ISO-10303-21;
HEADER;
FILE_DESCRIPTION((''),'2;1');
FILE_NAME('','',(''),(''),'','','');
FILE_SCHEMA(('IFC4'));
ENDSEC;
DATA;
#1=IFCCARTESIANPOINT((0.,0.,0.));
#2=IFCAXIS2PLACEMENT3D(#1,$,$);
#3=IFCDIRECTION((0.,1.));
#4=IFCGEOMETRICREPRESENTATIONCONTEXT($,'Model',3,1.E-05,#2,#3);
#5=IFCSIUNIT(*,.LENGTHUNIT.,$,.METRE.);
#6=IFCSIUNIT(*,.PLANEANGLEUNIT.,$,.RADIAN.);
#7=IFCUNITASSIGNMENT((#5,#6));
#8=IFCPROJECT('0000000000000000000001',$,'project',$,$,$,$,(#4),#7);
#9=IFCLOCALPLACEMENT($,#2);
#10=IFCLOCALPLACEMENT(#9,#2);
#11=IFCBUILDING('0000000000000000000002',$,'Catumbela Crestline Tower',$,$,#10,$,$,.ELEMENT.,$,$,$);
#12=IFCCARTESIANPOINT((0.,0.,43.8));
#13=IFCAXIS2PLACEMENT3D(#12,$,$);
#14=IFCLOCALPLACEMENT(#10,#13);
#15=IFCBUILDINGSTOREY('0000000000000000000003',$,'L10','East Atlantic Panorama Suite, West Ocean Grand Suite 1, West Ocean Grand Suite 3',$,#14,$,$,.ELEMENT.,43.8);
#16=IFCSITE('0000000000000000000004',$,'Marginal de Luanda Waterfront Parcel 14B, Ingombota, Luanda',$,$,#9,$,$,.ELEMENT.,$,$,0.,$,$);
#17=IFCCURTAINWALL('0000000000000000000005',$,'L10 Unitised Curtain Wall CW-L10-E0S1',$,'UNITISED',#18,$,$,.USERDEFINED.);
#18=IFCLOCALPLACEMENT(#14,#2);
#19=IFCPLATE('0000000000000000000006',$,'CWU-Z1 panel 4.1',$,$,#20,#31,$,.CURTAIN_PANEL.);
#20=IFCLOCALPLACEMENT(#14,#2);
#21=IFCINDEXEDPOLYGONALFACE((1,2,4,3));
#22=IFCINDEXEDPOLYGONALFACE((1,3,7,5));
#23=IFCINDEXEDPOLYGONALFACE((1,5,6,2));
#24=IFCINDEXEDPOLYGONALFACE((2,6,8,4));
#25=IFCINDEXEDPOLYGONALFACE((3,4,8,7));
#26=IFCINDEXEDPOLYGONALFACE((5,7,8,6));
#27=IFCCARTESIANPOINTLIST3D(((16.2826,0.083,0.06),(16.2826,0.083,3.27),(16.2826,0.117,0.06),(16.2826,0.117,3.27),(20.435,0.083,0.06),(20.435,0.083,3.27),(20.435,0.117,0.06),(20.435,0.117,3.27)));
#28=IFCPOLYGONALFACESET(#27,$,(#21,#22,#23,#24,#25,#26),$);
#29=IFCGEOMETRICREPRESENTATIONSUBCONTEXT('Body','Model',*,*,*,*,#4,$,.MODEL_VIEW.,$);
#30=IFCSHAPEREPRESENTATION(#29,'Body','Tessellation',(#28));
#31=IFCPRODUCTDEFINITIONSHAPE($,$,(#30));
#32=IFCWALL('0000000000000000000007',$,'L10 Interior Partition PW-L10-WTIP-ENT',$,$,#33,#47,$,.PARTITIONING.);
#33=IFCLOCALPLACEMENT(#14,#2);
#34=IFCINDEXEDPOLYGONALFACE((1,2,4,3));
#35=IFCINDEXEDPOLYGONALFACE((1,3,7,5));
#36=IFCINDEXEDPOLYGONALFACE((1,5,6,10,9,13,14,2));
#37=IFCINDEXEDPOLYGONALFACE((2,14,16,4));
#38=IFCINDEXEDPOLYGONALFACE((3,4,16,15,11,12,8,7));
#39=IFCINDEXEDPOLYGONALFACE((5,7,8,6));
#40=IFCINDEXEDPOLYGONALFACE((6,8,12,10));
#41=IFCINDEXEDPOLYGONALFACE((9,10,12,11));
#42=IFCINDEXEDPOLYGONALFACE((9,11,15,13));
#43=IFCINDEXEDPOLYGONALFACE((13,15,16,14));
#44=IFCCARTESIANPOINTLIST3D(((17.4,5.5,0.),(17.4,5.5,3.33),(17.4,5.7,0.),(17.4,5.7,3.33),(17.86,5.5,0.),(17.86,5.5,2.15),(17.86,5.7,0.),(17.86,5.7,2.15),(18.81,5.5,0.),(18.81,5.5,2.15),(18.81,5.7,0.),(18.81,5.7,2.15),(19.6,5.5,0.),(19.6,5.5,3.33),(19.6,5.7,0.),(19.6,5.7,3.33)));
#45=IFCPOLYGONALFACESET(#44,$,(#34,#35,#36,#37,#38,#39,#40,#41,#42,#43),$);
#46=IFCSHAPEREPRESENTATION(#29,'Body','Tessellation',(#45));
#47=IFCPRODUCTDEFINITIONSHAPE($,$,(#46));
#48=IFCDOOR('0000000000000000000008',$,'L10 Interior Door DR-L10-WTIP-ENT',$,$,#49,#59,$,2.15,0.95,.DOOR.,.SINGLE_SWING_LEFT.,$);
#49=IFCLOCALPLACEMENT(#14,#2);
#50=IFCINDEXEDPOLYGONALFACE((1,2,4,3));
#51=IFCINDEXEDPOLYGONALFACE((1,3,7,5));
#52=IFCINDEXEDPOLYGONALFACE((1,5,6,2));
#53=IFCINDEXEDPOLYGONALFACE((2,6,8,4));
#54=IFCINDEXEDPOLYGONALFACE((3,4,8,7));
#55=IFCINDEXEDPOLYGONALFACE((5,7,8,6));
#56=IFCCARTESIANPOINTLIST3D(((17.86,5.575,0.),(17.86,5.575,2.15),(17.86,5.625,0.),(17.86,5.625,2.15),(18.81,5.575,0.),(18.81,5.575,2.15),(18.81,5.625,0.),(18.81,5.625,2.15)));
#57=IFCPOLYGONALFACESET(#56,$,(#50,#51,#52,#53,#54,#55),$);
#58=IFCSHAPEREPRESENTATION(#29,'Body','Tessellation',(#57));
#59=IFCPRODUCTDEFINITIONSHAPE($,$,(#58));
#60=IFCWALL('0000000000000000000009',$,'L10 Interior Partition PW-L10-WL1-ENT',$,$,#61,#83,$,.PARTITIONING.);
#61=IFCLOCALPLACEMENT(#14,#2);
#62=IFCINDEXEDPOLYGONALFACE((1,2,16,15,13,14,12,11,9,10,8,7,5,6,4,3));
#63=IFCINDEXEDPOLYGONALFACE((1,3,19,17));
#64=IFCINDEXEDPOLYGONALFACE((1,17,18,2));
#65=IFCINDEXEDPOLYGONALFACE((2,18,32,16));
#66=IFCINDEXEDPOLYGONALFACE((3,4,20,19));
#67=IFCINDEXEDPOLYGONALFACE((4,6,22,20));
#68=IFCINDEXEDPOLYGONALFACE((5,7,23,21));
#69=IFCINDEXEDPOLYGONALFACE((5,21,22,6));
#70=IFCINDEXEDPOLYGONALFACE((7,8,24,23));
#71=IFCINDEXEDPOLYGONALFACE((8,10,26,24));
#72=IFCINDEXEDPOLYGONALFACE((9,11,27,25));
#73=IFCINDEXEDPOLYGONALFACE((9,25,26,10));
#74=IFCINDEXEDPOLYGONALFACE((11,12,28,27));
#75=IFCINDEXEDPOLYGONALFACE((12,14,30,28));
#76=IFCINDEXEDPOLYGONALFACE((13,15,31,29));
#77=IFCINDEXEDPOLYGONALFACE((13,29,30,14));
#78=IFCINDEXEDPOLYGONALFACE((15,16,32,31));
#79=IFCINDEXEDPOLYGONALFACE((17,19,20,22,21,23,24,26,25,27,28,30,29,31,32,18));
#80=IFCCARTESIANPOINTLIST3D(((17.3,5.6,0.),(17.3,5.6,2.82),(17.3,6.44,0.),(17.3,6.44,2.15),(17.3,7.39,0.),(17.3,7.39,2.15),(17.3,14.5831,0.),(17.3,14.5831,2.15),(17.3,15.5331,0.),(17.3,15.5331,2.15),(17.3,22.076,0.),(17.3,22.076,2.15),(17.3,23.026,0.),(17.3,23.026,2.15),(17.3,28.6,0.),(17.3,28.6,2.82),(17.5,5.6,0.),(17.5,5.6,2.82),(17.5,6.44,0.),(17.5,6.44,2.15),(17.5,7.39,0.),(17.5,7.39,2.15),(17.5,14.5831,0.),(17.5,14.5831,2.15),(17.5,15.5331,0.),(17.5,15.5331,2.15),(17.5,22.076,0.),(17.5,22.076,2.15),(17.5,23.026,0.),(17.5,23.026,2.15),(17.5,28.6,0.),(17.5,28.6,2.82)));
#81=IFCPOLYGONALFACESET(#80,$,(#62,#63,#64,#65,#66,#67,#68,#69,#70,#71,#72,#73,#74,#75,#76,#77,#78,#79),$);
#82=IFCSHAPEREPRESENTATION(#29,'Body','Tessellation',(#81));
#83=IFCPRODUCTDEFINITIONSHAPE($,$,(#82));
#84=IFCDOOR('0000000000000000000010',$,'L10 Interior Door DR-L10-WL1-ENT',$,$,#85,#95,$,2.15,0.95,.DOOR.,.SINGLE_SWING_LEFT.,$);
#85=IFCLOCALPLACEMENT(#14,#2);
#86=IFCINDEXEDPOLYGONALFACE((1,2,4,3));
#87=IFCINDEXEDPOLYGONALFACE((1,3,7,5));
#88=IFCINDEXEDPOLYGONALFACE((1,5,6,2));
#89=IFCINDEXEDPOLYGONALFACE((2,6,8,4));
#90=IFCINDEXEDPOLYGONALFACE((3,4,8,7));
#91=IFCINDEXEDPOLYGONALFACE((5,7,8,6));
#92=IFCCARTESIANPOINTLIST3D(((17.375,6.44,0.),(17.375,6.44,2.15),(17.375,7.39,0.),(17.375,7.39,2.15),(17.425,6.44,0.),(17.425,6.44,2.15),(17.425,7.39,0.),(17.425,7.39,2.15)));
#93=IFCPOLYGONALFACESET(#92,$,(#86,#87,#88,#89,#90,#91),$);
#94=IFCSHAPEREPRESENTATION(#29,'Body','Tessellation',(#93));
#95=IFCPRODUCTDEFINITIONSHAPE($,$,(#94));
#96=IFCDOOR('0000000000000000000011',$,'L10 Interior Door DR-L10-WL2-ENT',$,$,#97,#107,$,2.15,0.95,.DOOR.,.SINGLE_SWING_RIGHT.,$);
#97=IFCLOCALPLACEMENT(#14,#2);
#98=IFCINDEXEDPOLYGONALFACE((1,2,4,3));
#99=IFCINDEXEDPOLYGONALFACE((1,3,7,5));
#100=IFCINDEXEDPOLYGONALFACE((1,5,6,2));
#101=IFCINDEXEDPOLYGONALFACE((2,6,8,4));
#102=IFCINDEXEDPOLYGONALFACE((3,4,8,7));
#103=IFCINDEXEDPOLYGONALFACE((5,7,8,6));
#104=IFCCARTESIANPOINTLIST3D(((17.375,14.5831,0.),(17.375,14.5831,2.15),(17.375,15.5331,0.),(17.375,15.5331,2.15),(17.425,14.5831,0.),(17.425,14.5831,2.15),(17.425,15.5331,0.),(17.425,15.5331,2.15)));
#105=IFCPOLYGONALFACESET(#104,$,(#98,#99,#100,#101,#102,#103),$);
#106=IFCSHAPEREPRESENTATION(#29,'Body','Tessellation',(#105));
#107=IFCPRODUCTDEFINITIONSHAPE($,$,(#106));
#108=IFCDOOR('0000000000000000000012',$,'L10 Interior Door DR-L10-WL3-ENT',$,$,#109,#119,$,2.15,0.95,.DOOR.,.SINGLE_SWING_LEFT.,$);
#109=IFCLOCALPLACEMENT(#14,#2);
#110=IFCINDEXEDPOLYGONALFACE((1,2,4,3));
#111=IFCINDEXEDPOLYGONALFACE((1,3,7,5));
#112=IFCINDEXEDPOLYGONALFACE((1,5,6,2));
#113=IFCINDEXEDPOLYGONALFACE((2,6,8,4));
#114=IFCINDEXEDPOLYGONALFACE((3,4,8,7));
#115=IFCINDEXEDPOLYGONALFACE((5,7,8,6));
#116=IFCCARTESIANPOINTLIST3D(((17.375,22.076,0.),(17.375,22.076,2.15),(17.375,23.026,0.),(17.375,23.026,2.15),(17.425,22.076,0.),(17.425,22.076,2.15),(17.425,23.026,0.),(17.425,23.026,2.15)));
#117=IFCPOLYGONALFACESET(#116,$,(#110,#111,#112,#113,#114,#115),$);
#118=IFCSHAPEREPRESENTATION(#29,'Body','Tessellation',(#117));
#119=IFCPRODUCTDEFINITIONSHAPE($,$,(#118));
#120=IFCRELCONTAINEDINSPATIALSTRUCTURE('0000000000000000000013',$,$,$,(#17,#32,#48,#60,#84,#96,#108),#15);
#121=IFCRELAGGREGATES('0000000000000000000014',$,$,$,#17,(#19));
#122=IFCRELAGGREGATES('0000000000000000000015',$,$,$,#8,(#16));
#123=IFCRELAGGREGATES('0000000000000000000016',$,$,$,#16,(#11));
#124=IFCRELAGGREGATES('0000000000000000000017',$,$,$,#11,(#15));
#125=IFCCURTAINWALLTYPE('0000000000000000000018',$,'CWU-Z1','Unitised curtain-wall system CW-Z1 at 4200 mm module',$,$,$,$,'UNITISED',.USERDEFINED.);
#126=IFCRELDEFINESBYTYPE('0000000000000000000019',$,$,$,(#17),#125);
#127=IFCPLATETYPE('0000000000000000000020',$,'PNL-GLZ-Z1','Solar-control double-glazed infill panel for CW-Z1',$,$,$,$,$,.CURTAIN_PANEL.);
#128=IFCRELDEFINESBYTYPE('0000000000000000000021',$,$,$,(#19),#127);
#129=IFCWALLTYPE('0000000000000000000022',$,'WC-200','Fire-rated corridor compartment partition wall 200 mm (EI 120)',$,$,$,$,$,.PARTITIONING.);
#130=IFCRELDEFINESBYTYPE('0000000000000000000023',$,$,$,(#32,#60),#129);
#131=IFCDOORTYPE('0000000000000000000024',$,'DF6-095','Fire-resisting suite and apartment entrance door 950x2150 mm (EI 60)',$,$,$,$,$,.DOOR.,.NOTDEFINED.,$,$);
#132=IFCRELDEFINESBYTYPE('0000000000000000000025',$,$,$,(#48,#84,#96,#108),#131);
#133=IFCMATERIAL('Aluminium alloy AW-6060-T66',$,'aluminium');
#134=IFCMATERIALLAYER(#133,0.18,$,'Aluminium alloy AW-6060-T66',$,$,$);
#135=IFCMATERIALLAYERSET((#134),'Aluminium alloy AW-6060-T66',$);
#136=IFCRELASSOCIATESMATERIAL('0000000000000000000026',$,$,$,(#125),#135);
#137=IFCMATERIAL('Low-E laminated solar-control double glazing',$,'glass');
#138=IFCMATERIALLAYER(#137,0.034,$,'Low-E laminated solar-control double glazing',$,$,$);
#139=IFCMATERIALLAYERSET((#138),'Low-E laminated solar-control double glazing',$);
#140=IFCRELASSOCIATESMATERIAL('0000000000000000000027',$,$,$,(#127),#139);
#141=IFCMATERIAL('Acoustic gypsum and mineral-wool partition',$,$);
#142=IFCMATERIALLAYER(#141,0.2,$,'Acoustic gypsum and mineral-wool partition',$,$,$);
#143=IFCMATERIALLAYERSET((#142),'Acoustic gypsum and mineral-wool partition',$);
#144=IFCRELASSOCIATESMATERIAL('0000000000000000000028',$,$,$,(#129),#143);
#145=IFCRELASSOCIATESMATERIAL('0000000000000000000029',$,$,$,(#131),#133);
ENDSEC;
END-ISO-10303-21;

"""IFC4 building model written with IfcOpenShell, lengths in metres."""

from ifc_helpers import new_model, si_unit, direction, frame, frame_2d, origin, origin_2d, place, context, subcontext, project, spatial, rectangle, extrude, material, layer, layer_set, type_object, element, fill, aggregate, save


model = new_model("IFC4")

# Units and contexts
model_context = context("Model", 3, precision=1e-05, world=origin(), true_north=direction((0.0, 1.0)))
body_context = subcontext(model_context, "Body", "Model", "MODEL_VIEW")
ifc_project = project(units=[si_unit("LENGTHUNIT", "METRE"), si_unit("PLANEANGLEUNIT", "RADIAN")], contexts=[model_context])

# Site, building, storey
site_placement = place(None, origin())
site = spatial("IfcSite", under=ifc_project, at=site_placement, Name="Marginal de Luanda Waterfront Parcel 14B, Ingombota, Luanda", CompositionType="ELEMENT", RefElevation=0.0)
building_placement = place(site_placement, origin())
building = spatial("IfcBuilding", under=site, at=building_placement, Name="Catumbela Crestline Tower", CompositionType="ELEMENT")
storey_placement = place(building_placement, frame((0.0, 0.0, 43.8)))
storey = spatial("IfcBuildingStorey", under=building, at=storey_placement, Name="L10", Description="East Atlantic Panorama Suite, West Ocean Grand Suite 1, West Ocean Grand Suite 3", CompositionType="ELEMENT", Elevation=43.8)

# Curtain wall, plate
ifc_material_1 = material(Name="Aluminium alloy AW-6060-T66", Category="aluminium")
ifc_layer_1 = layer(ifc_material_1, 0.18, Name="Aluminium alloy AW-6060-T66")
ifc_layer_set_1 = layer_set([ifc_layer_1], Name="Aluminium alloy AW-6060-T66")
curtain_wall_type = type_object("IfcCurtainWallType", Name="CWU-Z1", Description="Unitised curtain-wall system CW-Z1 at 4200 mm module", ElementType="UNITISED", PredefinedType="USERDEFINED", material=ifc_layer_set_1)
curtain_wall_placement = place(storey_placement, origin())
curtain_wall = element("IfcCurtainWall", 1, at=curtain_wall_placement, inside=storey, type_object=curtain_wall_type, Name="L10 Unitised Curtain Wall CW-L10-E0S1", ObjectType="UNITISED", PredefinedType="USERDEFINED")
ifc_material_2 = material(Name="Low-E laminated solar-control double glazing", Category="glass")
ifc_layer_2 = layer(ifc_material_2, 0.034, Name="Low-E laminated solar-control double glazing")
ifc_layer_set_2 = layer_set([ifc_layer_2], Name="Low-E laminated solar-control double glazing")
plate_type = type_object("IfcPlateType", Name="PNL-GLZ-Z1", Description="Solar-control double-glazed infill panel for CW-Z1", PredefinedType="CURTAIN_PANEL", material=ifc_layer_set_2)
plate_1_placement = place(storey_placement, frame((18.3588, 0.1, 0.06), z_axis=(0.0, 0.0, 1.0), x_axis=(1.0, 0.0, 0.0)))
plate_1 = element("IfcPlate", 2, at=plate_1_placement, type_object=plate_type, Name="CWU-Z1 panel 4.1", PredefinedType="CURTAIN_PANEL", context=body_context, shape_type="SweptSolid", body=[
    extrude(rectangle(XDim=4.1525, YDim=0.034, at=origin_2d()), origin(), (0.0, 0.0, 1.0), 3.21),
])
aggregate(curtain_wall, [plate_1])

# Wall, opening, door
ifc_material_3 = material(Name="Acoustic gypsum and mineral-wool partition")
ifc_layer_3 = layer(ifc_material_3, 0.2, Name="Acoustic gypsum and mineral-wool partition")
ifc_layer_set_3 = layer_set([ifc_layer_3], Name="Acoustic gypsum and mineral-wool partition")
wall_type_1 = type_object("IfcWallType", Name="WC-200", Description="Fire-rated corridor compartment partition wall 200 mm (EI 120)", PredefinedType="PARTITIONING", material=ifc_layer_set_3)
wall_1_placement = place(storey_placement, frame((17.4, 5.6, 0.0), z_axis=(0.0, 0.0, 1.0), x_axis=(1.0, 0.0, 0.0)))
wall_1 = element("IfcWall", 3, at=wall_1_placement, inside=storey, type_object=wall_type_1, Name="L10 Interior Partition PW-L10-WTIP-ENT", PredefinedType="PARTITIONING", context=body_context, shape_type="SweptSolid", body=[
    extrude(rectangle(XDim=2.2, YDim=0.2, at=frame_2d((1.1, 0.0))), origin(), (0.0, 0.0, 1.0), 3.33),
])
opening_1_placement = place(wall_1_placement, frame((0.46, 0.0, 0.0)))
opening_1 = element("IfcOpeningElement", 4, at=opening_1_placement, cuts=wall_1, PredefinedType="OPENING", context=body_context, shape_type="SweptSolid", body=[
    extrude(rectangle(XDim=0.95, YDim=2.15, at=frame_2d((0.475, 1.075))), frame((0.0, 0.11, 0.0), z_axis=(0.0, -1.0, 0.0), x_axis=(1.0, 0.0, 0.0)), (0.0, 0.0, 1.0), 0.22),
])
door_type = type_object("IfcDoorType", Name="DF6-095", Description="Fire-resisting suite and apartment entrance door 950x2150 mm (EI 60)", OperationType="NOTDEFINED", PredefinedType="DOOR", material=ifc_material_1)
door_1_placement = place(opening_1_placement, origin())
door_1 = element("IfcDoor", 5, at=door_1_placement, inside=storey, type_object=door_type, Name="L10 Interior Door DR-L10-WTIP-ENT", OperationType="SINGLE_SWING_LEFT", OverallHeight=2.15, OverallWidth=0.95, PredefinedType="DOOR", context=body_context, shape_type="SweptSolid", body=[
    extrude(rectangle(XDim=0.95, YDim=2.15, at=frame_2d((0.475, 1.075))), frame((0.0, 0.025, 0.0), z_axis=(0.0, -1.0, 0.0), x_axis=(1.0, 0.0, 0.0)), (0.0, 0.0, 1.0), 0.05),
])
fill(opening_1, door_1)

# Wall, openings, doors
wall_2_placement = place(storey_placement, frame((17.4, 5.6, 0.0), z_axis=(0.0, 0.0, 1.0), x_axis=(0.0, 1.0, 0.0)))
wall_2 = element("IfcWall", 6, at=wall_2_placement, inside=storey, type_object=wall_type_1, Name="L10 Interior Partition PW-L10-WL1-ENT", PredefinedType="PARTITIONING", context=body_context, shape_type="SweptSolid", body=[
    extrude(rectangle(XDim=23.0, YDim=0.2, at=frame_2d((11.5, 0.0))), origin(), (0.0, 0.0, 1.0), 2.82),
])
opening_2_placement = place(wall_2_placement, frame((0.84, 0.0, 0.0)))
opening_2 = element("IfcOpeningElement", 7, at=opening_2_placement, cuts=wall_2, PredefinedType="OPENING", context=body_context, shape_type="SweptSolid", body=[
    extrude(rectangle(XDim=0.95, YDim=2.15, at=frame_2d((0.475, 1.075))), frame((0.0, 0.11, 0.0), z_axis=(0.0, -1.0, 0.0), x_axis=(1.0, 0.0, 0.0)), (0.0, 0.0, 1.0), 0.22),
])
opening_3_placement = place(wall_2_placement, frame((8.9831, 0.0, 0.0)))
opening_3 = element("IfcOpeningElement", 8, at=opening_3_placement, cuts=wall_2, PredefinedType="OPENING", context=body_context, shape_type="SweptSolid", body=[
    extrude(rectangle(XDim=0.95, YDim=2.15, at=frame_2d((0.475, 1.075))), frame((0.0, 0.11, 0.0), z_axis=(0.0, -1.0, 0.0), x_axis=(1.0, 0.0, 0.0)), (0.0, 0.0, 1.0), 0.22),
])
opening_4_placement = place(wall_2_placement, frame((16.476, 0.0, 0.0)))
opening_4 = element("IfcOpeningElement", 9, at=opening_4_placement, cuts=wall_2, PredefinedType="OPENING", context=body_context, shape_type="SweptSolid", body=[
    extrude(rectangle(XDim=0.95, YDim=2.15, at=frame_2d((0.475, 1.075))), frame((0.0, 0.11, 0.0), z_axis=(0.0, -1.0, 0.0), x_axis=(1.0, 0.0, 0.0)), (0.0, 0.0, 1.0), 0.22),
])
door_2_placement = place(opening_2_placement, origin())
door_2 = element("IfcDoor", 10, at=door_2_placement, inside=storey, type_object=door_type, Name="L10 Interior Door DR-L10-WL1-ENT", OperationType="SINGLE_SWING_LEFT", OverallHeight=2.15, OverallWidth=0.95, PredefinedType="DOOR", context=body_context, shape_type="SweptSolid", body=[
    extrude(rectangle(XDim=0.95, YDim=2.15, at=frame_2d((0.475, 1.075))), frame((0.0, 0.025, 0.0), z_axis=(0.0, -1.0, 0.0), x_axis=(1.0, 0.0, 0.0)), (0.0, 0.0, 1.0), 0.05),
])
fill(opening_2, door_2)
door_3_placement = place(opening_3_placement, origin())
door_3 = element("IfcDoor", 11, at=door_3_placement, inside=storey, type_object=door_type, Name="L10 Interior Door DR-L10-WL2-ENT", OperationType="SINGLE_SWING_RIGHT", OverallHeight=2.15, OverallWidth=0.95, PredefinedType="DOOR", context=body_context, shape_type="SweptSolid", body=[
    extrude(rectangle(XDim=0.95, YDim=2.15, at=frame_2d((0.475, 1.075))), frame((0.0, 0.025, 0.0), z_axis=(0.0, -1.0, 0.0), x_axis=(1.0, 0.0, 0.0)), (0.0, 0.0, 1.0), 0.05),
])
fill(opening_3, door_3)
door_4_placement = place(opening_4_placement, origin())
door_4 = element("IfcDoor", 12, at=door_4_placement, inside=storey, type_object=door_type, Name="L10 Interior Door DR-L10-WL3-ENT", OperationType="SINGLE_SWING_LEFT", OverallHeight=2.15, OverallWidth=0.95, PredefinedType="DOOR", context=body_context, shape_type="SweptSolid", body=[
    extrude(rectangle(XDim=0.95, YDim=2.15, at=frame_2d((0.475, 1.075))), frame((0.0, 0.025, 0.0), z_axis=(0.0, -1.0, 0.0), x_axis=(1.0, 0.0, 0.0)), (0.0, 0.0, 1.0), 0.05),
])
fill(opening_4, door_4)

save(model, "model.ifc")
